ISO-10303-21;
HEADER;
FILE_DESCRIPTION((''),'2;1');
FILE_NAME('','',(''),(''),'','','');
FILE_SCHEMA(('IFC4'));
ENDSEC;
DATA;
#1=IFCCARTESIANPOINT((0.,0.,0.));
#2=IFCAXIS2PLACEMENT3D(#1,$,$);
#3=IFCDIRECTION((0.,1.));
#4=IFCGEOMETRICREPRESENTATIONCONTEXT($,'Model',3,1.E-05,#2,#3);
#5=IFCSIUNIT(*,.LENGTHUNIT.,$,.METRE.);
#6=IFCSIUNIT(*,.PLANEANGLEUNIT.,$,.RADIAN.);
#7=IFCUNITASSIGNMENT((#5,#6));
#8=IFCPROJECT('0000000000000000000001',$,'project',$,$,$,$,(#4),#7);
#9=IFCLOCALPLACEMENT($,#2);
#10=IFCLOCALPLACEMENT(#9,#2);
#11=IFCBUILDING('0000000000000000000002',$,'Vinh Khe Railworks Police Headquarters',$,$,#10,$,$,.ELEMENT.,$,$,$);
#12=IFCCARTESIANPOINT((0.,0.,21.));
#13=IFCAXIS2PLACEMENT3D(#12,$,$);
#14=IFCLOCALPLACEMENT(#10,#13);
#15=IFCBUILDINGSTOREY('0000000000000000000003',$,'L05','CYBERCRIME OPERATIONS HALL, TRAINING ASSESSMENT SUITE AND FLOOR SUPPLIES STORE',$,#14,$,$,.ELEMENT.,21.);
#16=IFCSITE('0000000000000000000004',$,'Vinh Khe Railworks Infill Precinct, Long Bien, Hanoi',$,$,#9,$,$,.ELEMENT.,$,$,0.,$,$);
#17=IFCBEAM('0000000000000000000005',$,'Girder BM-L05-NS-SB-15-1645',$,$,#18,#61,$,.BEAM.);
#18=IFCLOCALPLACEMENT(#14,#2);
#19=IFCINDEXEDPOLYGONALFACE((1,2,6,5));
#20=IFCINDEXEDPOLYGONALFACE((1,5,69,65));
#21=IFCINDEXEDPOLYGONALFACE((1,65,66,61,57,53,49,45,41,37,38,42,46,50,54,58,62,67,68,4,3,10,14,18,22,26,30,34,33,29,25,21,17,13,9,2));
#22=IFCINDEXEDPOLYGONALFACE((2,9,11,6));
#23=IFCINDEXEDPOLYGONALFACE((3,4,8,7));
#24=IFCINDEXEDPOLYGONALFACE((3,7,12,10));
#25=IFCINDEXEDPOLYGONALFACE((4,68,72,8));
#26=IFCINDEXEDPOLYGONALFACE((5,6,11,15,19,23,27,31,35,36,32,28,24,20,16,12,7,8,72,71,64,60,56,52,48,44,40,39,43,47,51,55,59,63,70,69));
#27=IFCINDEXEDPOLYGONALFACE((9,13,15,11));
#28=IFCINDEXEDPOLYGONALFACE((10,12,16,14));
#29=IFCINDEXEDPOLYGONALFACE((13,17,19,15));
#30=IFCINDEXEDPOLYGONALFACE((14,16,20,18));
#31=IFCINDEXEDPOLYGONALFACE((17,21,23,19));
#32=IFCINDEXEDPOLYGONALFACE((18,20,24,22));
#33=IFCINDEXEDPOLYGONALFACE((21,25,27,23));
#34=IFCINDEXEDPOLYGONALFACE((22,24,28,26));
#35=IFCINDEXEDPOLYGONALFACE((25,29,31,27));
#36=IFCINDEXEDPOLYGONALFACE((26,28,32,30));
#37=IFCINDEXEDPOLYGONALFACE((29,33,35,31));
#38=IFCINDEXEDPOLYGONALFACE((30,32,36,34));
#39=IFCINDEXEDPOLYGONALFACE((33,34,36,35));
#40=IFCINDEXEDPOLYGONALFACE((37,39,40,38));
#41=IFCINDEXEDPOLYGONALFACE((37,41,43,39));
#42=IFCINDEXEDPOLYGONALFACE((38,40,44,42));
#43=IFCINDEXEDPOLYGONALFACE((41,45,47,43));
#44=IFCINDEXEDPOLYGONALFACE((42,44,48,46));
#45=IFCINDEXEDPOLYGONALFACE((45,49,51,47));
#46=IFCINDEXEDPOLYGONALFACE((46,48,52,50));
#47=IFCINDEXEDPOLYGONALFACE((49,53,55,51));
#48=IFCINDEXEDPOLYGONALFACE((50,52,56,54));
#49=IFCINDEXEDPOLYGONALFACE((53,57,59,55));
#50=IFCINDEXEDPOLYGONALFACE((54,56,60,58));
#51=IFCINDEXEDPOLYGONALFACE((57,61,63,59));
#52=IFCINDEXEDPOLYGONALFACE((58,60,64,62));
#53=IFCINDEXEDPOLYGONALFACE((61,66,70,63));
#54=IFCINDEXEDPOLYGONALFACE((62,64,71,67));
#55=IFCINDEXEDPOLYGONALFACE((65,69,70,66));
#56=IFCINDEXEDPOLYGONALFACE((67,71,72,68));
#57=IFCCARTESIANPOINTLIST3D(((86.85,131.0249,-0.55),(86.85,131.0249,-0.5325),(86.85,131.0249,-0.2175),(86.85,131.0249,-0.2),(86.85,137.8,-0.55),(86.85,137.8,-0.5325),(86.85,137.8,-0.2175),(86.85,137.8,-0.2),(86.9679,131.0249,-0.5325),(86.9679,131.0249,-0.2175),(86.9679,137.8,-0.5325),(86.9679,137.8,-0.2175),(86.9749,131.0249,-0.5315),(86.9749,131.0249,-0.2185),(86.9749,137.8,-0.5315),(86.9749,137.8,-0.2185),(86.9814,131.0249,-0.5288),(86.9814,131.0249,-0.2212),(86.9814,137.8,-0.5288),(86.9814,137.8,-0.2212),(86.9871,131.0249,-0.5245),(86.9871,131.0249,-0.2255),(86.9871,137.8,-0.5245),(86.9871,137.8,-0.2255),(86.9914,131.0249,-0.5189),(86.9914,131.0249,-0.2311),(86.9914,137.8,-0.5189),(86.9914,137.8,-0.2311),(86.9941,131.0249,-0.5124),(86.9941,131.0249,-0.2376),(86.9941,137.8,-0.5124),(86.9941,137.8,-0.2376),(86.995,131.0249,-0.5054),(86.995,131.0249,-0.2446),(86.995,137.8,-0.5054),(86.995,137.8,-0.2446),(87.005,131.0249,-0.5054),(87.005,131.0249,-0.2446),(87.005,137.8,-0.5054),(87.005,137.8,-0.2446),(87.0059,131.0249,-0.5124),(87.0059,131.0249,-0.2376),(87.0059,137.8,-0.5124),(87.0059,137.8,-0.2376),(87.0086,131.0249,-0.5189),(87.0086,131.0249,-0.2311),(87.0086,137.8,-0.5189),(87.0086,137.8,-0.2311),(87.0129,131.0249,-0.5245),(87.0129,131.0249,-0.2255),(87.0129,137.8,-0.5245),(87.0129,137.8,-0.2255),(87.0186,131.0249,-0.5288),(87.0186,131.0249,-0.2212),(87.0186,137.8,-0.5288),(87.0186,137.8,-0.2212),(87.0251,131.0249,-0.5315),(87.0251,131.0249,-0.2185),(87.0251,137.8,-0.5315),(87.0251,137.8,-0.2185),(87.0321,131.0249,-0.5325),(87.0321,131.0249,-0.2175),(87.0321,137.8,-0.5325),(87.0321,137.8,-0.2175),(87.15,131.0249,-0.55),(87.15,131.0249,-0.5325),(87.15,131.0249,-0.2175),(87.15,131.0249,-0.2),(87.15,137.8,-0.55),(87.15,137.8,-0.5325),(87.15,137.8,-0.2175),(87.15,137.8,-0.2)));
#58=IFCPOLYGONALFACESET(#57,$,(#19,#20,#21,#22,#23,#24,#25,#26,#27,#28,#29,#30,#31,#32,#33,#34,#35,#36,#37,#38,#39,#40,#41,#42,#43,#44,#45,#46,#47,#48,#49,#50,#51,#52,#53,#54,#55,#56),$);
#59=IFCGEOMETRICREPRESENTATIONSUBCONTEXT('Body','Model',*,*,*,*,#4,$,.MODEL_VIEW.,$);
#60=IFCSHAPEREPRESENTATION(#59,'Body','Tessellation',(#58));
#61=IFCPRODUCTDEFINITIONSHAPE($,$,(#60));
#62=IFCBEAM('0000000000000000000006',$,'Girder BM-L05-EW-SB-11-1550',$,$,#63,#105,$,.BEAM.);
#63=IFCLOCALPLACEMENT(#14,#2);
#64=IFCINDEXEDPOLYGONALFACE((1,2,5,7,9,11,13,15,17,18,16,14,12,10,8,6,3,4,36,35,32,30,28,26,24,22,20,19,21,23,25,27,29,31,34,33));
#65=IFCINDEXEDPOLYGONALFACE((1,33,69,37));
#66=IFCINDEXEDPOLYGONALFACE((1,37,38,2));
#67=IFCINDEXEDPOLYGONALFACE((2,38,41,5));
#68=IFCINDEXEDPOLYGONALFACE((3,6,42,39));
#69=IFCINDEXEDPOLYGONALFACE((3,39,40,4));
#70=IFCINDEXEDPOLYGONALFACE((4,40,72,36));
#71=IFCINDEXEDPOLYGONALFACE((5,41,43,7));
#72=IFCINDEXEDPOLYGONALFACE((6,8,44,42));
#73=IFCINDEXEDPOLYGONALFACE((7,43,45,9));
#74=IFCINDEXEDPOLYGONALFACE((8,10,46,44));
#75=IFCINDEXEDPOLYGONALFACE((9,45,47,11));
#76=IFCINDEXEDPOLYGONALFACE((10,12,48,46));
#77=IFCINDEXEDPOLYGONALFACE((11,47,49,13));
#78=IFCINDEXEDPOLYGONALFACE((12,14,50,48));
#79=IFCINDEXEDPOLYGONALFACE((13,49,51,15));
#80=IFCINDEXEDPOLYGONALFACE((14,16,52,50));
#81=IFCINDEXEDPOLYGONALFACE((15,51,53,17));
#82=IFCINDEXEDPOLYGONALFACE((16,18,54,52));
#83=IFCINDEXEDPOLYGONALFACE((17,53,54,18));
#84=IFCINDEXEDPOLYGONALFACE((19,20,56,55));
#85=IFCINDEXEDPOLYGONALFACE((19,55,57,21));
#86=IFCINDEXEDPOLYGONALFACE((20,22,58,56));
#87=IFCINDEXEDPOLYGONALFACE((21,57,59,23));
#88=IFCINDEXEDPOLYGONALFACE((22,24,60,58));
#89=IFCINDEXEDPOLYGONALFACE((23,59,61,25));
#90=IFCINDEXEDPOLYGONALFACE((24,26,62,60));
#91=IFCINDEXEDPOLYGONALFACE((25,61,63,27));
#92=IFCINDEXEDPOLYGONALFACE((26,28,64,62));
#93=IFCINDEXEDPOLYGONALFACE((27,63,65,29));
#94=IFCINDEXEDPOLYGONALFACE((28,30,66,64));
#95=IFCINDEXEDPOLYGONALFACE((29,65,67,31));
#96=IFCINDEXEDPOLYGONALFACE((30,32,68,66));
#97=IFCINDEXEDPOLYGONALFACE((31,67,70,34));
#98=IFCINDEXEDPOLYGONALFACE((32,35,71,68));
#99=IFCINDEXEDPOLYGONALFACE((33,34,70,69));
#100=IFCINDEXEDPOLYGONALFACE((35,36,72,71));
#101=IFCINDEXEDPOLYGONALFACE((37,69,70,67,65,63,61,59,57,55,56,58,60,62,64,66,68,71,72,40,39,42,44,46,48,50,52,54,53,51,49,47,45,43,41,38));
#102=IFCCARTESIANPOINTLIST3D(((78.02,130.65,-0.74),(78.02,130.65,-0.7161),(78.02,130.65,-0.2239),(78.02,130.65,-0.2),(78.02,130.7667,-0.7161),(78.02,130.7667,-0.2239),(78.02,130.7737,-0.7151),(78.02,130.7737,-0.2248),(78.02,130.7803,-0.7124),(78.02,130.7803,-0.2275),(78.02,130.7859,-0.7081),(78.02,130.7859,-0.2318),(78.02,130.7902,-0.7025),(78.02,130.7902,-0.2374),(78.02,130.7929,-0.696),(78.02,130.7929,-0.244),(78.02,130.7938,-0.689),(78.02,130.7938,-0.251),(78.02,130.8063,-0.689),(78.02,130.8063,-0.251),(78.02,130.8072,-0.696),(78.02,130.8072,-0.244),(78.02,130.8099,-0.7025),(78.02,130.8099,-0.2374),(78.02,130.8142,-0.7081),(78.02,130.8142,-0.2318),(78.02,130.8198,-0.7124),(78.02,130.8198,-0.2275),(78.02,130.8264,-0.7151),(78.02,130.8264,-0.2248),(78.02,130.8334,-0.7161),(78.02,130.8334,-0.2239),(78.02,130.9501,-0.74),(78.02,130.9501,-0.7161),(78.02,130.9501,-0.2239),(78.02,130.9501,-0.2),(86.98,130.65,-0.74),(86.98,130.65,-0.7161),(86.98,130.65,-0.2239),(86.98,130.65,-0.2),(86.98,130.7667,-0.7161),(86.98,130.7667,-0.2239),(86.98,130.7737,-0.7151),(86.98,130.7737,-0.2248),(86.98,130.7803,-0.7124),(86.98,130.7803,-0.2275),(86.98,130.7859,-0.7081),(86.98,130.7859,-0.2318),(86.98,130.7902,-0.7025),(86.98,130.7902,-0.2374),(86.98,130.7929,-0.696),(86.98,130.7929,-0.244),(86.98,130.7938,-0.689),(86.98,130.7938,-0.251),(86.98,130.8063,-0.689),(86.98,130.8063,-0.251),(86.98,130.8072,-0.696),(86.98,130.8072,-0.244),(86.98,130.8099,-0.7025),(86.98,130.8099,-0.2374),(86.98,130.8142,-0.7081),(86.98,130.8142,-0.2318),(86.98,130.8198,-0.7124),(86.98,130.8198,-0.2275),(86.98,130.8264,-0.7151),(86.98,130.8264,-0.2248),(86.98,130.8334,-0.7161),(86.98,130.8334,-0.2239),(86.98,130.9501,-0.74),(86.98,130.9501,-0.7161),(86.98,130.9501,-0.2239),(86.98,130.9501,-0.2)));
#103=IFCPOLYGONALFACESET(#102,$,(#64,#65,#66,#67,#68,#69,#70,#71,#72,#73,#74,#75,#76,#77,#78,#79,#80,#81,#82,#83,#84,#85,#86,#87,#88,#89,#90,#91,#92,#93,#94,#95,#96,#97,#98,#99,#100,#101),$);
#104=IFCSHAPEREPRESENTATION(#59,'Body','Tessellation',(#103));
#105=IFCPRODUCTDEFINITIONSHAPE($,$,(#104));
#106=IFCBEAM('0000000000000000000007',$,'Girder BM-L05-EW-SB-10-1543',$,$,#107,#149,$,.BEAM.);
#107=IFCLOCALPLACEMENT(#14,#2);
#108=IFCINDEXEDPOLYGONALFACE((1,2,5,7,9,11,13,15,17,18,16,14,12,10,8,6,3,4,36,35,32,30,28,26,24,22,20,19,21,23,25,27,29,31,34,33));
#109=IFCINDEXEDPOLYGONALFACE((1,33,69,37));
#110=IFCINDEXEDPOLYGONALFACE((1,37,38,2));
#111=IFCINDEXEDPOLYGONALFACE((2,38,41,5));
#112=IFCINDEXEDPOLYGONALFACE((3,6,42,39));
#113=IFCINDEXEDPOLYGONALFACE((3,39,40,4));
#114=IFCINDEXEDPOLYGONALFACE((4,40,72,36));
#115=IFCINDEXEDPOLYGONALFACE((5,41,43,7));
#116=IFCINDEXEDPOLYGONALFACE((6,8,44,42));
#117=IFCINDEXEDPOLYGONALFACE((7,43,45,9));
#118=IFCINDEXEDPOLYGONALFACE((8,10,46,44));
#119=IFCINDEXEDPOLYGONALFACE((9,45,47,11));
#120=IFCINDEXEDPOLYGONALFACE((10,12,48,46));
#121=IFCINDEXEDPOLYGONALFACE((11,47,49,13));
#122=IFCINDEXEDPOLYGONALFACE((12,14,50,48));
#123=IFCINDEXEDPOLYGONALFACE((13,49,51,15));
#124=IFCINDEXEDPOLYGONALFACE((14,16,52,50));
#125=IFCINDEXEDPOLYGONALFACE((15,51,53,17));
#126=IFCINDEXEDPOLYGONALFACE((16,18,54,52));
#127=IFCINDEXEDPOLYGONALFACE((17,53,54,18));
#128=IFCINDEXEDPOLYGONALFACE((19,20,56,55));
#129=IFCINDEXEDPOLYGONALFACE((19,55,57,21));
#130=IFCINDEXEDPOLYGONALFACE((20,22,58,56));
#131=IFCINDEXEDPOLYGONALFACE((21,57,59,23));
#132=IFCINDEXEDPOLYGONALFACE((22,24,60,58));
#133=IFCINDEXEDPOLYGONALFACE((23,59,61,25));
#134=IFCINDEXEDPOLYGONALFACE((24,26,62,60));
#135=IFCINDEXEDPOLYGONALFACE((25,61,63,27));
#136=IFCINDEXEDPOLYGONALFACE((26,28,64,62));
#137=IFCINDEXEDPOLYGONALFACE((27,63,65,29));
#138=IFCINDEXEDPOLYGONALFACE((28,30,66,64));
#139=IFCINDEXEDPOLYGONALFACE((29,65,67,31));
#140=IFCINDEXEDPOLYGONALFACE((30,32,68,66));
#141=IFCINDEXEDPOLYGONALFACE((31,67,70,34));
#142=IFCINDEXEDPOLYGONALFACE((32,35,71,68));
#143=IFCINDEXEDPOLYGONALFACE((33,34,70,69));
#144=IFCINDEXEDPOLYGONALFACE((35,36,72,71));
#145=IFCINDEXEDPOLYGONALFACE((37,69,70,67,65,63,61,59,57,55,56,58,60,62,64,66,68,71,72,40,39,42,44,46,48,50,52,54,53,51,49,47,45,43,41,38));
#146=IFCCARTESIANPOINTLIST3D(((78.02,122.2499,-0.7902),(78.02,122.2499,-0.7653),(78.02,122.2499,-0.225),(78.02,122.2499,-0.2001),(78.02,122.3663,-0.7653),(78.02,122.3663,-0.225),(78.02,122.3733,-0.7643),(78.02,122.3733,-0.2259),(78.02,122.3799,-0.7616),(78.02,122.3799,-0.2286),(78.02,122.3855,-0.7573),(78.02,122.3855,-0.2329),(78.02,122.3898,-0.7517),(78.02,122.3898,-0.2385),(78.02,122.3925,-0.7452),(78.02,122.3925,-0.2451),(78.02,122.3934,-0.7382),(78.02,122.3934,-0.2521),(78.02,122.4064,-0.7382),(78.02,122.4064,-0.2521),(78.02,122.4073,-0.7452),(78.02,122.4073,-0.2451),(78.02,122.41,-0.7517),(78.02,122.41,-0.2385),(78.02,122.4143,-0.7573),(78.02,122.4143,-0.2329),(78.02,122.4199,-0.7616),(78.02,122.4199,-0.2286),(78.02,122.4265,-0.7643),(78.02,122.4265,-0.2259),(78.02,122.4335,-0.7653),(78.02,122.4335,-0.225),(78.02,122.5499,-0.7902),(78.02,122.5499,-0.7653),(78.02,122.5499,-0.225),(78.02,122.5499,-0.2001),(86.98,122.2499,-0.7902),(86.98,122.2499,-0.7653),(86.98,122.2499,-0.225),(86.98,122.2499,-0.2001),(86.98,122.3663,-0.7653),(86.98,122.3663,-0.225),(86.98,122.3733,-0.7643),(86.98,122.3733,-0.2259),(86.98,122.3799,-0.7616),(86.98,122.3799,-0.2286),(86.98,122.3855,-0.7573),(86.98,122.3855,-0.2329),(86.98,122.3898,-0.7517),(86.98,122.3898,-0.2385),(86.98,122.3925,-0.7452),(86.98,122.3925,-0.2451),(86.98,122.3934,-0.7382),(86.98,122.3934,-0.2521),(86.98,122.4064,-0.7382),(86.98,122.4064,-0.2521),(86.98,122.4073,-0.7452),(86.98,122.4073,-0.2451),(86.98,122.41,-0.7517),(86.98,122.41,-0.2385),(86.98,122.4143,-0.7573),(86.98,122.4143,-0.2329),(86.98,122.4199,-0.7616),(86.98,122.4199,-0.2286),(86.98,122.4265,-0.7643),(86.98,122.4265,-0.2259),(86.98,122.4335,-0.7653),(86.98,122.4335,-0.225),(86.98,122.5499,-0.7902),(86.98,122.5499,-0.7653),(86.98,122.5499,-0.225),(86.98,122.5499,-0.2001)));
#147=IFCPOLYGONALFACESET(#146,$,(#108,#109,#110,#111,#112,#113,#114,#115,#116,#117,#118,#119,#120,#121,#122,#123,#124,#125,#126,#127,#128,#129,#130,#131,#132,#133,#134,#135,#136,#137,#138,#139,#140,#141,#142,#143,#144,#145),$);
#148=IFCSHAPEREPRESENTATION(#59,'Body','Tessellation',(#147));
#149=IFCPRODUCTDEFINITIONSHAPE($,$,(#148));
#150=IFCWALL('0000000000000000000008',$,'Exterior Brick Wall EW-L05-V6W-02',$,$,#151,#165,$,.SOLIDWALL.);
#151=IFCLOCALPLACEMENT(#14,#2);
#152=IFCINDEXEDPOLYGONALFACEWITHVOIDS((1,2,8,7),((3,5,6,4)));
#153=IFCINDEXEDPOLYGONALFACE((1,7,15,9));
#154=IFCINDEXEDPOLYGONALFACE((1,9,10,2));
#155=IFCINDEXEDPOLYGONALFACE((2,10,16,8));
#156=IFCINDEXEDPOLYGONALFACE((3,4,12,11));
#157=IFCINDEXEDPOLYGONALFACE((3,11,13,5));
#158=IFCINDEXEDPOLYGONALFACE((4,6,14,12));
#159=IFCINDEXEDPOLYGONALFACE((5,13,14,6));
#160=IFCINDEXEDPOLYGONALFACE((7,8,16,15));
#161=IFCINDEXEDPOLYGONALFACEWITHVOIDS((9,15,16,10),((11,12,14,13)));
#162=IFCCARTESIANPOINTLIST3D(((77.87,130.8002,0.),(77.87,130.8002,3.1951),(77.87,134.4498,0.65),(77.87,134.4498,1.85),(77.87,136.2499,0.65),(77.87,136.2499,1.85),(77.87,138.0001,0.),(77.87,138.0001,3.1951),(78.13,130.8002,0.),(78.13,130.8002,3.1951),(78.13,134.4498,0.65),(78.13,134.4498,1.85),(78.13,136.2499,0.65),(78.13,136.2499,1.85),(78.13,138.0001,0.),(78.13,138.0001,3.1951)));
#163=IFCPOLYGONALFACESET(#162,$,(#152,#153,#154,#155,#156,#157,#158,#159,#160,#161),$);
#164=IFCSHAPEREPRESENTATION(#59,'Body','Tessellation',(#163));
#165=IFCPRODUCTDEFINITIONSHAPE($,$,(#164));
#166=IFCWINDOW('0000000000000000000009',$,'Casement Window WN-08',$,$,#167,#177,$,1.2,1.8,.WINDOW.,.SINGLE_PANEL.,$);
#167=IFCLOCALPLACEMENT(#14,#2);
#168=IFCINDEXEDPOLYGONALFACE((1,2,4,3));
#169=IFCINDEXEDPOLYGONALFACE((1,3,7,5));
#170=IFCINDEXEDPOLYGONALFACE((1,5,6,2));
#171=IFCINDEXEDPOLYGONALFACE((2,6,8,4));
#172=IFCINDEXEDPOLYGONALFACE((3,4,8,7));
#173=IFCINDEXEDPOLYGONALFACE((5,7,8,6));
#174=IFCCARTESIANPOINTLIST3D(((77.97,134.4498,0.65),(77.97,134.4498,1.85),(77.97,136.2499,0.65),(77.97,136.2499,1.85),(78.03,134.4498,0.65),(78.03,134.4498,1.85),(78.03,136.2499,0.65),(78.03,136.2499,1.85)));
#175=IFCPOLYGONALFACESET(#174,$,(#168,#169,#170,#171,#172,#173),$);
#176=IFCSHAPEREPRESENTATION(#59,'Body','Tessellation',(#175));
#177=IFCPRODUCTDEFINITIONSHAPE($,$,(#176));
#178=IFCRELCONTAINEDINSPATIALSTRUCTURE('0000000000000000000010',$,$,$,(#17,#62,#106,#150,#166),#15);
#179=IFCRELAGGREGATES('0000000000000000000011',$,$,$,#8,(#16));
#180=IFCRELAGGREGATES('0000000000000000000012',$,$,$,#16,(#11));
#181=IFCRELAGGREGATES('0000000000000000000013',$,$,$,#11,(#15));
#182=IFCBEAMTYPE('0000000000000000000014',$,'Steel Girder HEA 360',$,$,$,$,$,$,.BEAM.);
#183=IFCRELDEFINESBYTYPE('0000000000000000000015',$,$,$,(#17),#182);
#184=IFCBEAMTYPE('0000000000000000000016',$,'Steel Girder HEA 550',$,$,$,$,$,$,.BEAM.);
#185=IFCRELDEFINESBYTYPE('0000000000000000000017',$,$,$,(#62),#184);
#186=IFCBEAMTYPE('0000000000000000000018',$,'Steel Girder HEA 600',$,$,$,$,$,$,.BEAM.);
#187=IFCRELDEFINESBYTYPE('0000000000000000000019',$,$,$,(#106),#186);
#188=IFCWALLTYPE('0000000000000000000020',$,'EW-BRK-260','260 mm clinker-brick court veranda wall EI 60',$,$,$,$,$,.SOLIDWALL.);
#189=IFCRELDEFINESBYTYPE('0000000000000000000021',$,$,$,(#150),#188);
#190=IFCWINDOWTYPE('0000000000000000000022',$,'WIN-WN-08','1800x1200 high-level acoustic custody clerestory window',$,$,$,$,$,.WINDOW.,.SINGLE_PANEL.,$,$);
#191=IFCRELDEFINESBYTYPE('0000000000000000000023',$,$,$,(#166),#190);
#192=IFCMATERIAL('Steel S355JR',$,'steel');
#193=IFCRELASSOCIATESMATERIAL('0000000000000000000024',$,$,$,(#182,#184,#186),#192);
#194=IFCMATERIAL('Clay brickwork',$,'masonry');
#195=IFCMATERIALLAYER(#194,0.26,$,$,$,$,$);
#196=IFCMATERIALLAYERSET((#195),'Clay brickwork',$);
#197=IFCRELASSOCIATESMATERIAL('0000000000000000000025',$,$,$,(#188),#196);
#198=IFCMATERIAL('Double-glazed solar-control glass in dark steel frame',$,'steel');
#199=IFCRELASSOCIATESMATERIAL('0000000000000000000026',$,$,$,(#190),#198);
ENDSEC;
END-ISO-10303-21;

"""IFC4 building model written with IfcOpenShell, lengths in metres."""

from ifc_helpers import new_model, si_unit, direction, frame, frame_2d, origin, origin_2d, place, context, subcontext, project, spatial, rectangle, i_section, extrude, material, layer, layer_set, material_profile, profile_set, type_object, element, fill, save


model = new_model("IFC4")

# Units and contexts
model_context = context("Model", 3, precision=1e-05, world=origin(), true_north=direction((0.0, 1.0)))
body_context = subcontext(model_context, "Body", "Model", "MODEL_VIEW")
ifc_project = project(units=[si_unit("LENGTHUNIT", "METRE"), si_unit("PLANEANGLEUNIT", "RADIAN")], contexts=[model_context])

# Site, building, storey
site_placement = place(None, origin())
site = spatial("IfcSite", under=ifc_project, at=site_placement, Name="Vinh Khe Railworks Infill Precinct, Long Bien, Hanoi", CompositionType="ELEMENT", RefElevation=0.0)
building_placement = place(site_placement, origin())
building = spatial("IfcBuilding", under=site, at=building_placement, Name="Vinh Khe Railworks Police Headquarters", CompositionType="ELEMENT")
storey_placement = place(building_placement, frame((0.0, 0.0, 21.0)))
storey = spatial("IfcBuildingStorey", under=building, at=storey_placement, Name="L05", Description="CYBERCRIME OPERATIONS HALL, TRAINING ASSESSMENT SUITE AND FLOOR SUPPLIES STORE", CompositionType="ELEMENT", Elevation=21.0)

# Shared definitions
ifc_material_1 = material(Name="Steel S355JR", Category="steel")

# Beams
ifc_material_profile_1 = material_profile(ifc_material_1, i_section(OverallWidth=0.3, OverallDepth=0.3501, WebThickness=0.01, FlangeThickness=0.0176, FilletRadius=0.0271, at=origin_2d()), Name="HEA 360")
ifc_profile_set_1 = profile_set([ifc_material_profile_1], Name="Steel S355JR")
beam_type_1 = type_object("IfcBeamType", Name="Steel Girder HEA 360", PredefinedType="BEAM", material=ifc_profile_set_1)
beam_1_placement = place(storey_placement, frame((87.0, 131.0249, -0.375), z_axis=(0.0, 1.0, 0.0), x_axis=(-1.0, 0.0, 0.0)))
element("IfcBeam", 1, at=beam_1_placement, inside=storey, type_object=beam_type_1, Name="Girder BM-L05-NS-SB-15-1645", PredefinedType="BEAM", context=body_context, shape_type="SweptSolid", body=[
    extrude(i_section(OverallWidth=0.3, OverallDepth=0.3501, WebThickness=0.01, FlangeThickness=0.0176, FilletRadius=0.0271, at=origin_2d()), origin(), (0.0, 0.0, 1.0), 6.7751),
])
ifc_material_profile_2 = material_profile(ifc_material_1, i_section(OverallWidth=0.3, OverallDepth=0.54, WebThickness=0.0125, FlangeThickness=0.0239, FilletRadius=0.0271, at=origin_2d()), Name="HEA 550")
ifc_profile_set_2 = profile_set([ifc_material_profile_2], Name="Steel S355JR")
beam_type_2 = type_object("IfcBeamType", Name="Steel Girder HEA 550", PredefinedType="BEAM", material=ifc_profile_set_2)
beam_2_placement = place(storey_placement, frame((78.02, 130.8, -0.47), z_axis=(1.0, 0.0, 0.0), x_axis=(0.0, 1.0, 0.0)))
element("IfcBeam", 2, at=beam_2_placement, inside=storey, type_object=beam_type_2, Name="Girder BM-L05-EW-SB-11-1550", PredefinedType="BEAM", context=body_context, shape_type="SweptSolid", body=[
    extrude(i_section(OverallWidth=0.3, OverallDepth=0.54, WebThickness=0.0125, FlangeThickness=0.0239, FilletRadius=0.0271, at=origin_2d()), origin(), (0.0, 0.0, 1.0), 8.96),
])
ifc_material_profile_3 = material_profile(ifc_material_1, i_section(OverallWidth=0.3, OverallDepth=0.5901, WebThickness=0.0129, FlangeThickness=0.0249, FilletRadius=0.0271, at=origin_2d()), Name="HEA 600")
ifc_profile_set_3 = profile_set([ifc_material_profile_3], Name="Steel S355JR")
beam_type_3 = type_object("IfcBeamType", Name="Steel Girder HEA 600", PredefinedType="BEAM", material=ifc_profile_set_3)
beam_3_placement = place(storey_placement, frame((78.02, 122.3999, -0.4951), z_axis=(1.0, 0.0, 0.0), x_axis=(0.0, 1.0, 0.0)))
element("IfcBeam", 3, at=beam_3_placement, inside=storey, type_object=beam_type_3, Name="Girder BM-L05-EW-SB-10-1543", PredefinedType="BEAM", context=body_context, shape_type="SweptSolid", body=[
    extrude(i_section(OverallWidth=0.3, OverallDepth=0.5901, WebThickness=0.0129, FlangeThickness=0.0249, FilletRadius=0.0271, at=origin_2d()), origin(), (0.0, 0.0, 1.0), 8.96),
])

# Wall, opening, window
ifc_material_2 = material(Name="Clay brickwork", Category="masonry")
ifc_layer_1 = layer(ifc_material_2, 0.26)
ifc_layer_set_1 = layer_set([ifc_layer_1], Name="Clay brickwork")
wall_type_1 = type_object("IfcWallType", Name="EW-BRK-260", Description="260 mm clinker-brick court veranda wall EI 60", PredefinedType="SOLIDWALL", material=ifc_layer_set_1)
wall_1_placement = place(storey_placement, frame((78.0, 130.8, 0.0), z_axis=(0.0, 0.0, 1.0), x_axis=(0.0, 1.0, 0.0)))
wall_1 = element("IfcWall", 4, at=wall_1_placement, inside=storey, type_object=wall_type_1, Name="Exterior Brick Wall EW-L05-V6W-02", PredefinedType="SOLIDWALL", context=body_context, shape_type="SweptSolid", body=[
    extrude(rectangle(XDim=7.2, YDim=0.26, at=frame_2d((3.6001, 0.0))), origin(), (0.0, 0.0, 1.0), 3.1951),
])
opening_1_placement = place(wall_1_placement, frame((3.6499, 0.0, 0.6499)))
opening_1 = element("IfcOpeningElement", 5, at=opening_1_placement, cuts=wall_1, PredefinedType="OPENING", context=body_context, shape_type="SweptSolid", body=[
    extrude(rectangle(XDim=1.8, YDim=1.2, at=frame_2d((0.8999, 0.6001))), frame((0.0, 0.145, 0.0), z_axis=(0.0, -1.0, 0.0), x_axis=(1.0, 0.0, 0.0)), (0.0, 0.0, 1.0), 0.2898),
])
ifc_material_3 = material(Name="Double-glazed solar-control glass in dark steel frame", Category="steel")
window_type_1 = type_object("IfcWindowType", Name="WIN-WN-08", Description="1800x1200 high-level acoustic custody clerestory window", PartitioningType="SINGLE_PANEL", PredefinedType="WINDOW", material=ifc_material_3)
window_1_placement = place(opening_1_placement, origin())
window_1 = element("IfcWindow", 6, at=window_1_placement, inside=storey, type_object=window_type_1, Name="Casement Window WN-08", OverallHeight=1.2, OverallWidth=1.8, PartitioningType="SINGLE_PANEL", PredefinedType="WINDOW", context=body_context, shape_type="SweptSolid", body=[
    extrude(rectangle(XDim=1.8, YDim=1.2, at=frame_2d((0.8999, 0.6001))), frame((0.0, 0.03, 0.0), z_axis=(0.0, -1.0, 0.0), x_axis=(1.0, 0.0, 0.0)), (0.0, 0.0, 1.0), 0.0601),
])
fill(opening_1, window_1)

save(model, "model.ifc")
